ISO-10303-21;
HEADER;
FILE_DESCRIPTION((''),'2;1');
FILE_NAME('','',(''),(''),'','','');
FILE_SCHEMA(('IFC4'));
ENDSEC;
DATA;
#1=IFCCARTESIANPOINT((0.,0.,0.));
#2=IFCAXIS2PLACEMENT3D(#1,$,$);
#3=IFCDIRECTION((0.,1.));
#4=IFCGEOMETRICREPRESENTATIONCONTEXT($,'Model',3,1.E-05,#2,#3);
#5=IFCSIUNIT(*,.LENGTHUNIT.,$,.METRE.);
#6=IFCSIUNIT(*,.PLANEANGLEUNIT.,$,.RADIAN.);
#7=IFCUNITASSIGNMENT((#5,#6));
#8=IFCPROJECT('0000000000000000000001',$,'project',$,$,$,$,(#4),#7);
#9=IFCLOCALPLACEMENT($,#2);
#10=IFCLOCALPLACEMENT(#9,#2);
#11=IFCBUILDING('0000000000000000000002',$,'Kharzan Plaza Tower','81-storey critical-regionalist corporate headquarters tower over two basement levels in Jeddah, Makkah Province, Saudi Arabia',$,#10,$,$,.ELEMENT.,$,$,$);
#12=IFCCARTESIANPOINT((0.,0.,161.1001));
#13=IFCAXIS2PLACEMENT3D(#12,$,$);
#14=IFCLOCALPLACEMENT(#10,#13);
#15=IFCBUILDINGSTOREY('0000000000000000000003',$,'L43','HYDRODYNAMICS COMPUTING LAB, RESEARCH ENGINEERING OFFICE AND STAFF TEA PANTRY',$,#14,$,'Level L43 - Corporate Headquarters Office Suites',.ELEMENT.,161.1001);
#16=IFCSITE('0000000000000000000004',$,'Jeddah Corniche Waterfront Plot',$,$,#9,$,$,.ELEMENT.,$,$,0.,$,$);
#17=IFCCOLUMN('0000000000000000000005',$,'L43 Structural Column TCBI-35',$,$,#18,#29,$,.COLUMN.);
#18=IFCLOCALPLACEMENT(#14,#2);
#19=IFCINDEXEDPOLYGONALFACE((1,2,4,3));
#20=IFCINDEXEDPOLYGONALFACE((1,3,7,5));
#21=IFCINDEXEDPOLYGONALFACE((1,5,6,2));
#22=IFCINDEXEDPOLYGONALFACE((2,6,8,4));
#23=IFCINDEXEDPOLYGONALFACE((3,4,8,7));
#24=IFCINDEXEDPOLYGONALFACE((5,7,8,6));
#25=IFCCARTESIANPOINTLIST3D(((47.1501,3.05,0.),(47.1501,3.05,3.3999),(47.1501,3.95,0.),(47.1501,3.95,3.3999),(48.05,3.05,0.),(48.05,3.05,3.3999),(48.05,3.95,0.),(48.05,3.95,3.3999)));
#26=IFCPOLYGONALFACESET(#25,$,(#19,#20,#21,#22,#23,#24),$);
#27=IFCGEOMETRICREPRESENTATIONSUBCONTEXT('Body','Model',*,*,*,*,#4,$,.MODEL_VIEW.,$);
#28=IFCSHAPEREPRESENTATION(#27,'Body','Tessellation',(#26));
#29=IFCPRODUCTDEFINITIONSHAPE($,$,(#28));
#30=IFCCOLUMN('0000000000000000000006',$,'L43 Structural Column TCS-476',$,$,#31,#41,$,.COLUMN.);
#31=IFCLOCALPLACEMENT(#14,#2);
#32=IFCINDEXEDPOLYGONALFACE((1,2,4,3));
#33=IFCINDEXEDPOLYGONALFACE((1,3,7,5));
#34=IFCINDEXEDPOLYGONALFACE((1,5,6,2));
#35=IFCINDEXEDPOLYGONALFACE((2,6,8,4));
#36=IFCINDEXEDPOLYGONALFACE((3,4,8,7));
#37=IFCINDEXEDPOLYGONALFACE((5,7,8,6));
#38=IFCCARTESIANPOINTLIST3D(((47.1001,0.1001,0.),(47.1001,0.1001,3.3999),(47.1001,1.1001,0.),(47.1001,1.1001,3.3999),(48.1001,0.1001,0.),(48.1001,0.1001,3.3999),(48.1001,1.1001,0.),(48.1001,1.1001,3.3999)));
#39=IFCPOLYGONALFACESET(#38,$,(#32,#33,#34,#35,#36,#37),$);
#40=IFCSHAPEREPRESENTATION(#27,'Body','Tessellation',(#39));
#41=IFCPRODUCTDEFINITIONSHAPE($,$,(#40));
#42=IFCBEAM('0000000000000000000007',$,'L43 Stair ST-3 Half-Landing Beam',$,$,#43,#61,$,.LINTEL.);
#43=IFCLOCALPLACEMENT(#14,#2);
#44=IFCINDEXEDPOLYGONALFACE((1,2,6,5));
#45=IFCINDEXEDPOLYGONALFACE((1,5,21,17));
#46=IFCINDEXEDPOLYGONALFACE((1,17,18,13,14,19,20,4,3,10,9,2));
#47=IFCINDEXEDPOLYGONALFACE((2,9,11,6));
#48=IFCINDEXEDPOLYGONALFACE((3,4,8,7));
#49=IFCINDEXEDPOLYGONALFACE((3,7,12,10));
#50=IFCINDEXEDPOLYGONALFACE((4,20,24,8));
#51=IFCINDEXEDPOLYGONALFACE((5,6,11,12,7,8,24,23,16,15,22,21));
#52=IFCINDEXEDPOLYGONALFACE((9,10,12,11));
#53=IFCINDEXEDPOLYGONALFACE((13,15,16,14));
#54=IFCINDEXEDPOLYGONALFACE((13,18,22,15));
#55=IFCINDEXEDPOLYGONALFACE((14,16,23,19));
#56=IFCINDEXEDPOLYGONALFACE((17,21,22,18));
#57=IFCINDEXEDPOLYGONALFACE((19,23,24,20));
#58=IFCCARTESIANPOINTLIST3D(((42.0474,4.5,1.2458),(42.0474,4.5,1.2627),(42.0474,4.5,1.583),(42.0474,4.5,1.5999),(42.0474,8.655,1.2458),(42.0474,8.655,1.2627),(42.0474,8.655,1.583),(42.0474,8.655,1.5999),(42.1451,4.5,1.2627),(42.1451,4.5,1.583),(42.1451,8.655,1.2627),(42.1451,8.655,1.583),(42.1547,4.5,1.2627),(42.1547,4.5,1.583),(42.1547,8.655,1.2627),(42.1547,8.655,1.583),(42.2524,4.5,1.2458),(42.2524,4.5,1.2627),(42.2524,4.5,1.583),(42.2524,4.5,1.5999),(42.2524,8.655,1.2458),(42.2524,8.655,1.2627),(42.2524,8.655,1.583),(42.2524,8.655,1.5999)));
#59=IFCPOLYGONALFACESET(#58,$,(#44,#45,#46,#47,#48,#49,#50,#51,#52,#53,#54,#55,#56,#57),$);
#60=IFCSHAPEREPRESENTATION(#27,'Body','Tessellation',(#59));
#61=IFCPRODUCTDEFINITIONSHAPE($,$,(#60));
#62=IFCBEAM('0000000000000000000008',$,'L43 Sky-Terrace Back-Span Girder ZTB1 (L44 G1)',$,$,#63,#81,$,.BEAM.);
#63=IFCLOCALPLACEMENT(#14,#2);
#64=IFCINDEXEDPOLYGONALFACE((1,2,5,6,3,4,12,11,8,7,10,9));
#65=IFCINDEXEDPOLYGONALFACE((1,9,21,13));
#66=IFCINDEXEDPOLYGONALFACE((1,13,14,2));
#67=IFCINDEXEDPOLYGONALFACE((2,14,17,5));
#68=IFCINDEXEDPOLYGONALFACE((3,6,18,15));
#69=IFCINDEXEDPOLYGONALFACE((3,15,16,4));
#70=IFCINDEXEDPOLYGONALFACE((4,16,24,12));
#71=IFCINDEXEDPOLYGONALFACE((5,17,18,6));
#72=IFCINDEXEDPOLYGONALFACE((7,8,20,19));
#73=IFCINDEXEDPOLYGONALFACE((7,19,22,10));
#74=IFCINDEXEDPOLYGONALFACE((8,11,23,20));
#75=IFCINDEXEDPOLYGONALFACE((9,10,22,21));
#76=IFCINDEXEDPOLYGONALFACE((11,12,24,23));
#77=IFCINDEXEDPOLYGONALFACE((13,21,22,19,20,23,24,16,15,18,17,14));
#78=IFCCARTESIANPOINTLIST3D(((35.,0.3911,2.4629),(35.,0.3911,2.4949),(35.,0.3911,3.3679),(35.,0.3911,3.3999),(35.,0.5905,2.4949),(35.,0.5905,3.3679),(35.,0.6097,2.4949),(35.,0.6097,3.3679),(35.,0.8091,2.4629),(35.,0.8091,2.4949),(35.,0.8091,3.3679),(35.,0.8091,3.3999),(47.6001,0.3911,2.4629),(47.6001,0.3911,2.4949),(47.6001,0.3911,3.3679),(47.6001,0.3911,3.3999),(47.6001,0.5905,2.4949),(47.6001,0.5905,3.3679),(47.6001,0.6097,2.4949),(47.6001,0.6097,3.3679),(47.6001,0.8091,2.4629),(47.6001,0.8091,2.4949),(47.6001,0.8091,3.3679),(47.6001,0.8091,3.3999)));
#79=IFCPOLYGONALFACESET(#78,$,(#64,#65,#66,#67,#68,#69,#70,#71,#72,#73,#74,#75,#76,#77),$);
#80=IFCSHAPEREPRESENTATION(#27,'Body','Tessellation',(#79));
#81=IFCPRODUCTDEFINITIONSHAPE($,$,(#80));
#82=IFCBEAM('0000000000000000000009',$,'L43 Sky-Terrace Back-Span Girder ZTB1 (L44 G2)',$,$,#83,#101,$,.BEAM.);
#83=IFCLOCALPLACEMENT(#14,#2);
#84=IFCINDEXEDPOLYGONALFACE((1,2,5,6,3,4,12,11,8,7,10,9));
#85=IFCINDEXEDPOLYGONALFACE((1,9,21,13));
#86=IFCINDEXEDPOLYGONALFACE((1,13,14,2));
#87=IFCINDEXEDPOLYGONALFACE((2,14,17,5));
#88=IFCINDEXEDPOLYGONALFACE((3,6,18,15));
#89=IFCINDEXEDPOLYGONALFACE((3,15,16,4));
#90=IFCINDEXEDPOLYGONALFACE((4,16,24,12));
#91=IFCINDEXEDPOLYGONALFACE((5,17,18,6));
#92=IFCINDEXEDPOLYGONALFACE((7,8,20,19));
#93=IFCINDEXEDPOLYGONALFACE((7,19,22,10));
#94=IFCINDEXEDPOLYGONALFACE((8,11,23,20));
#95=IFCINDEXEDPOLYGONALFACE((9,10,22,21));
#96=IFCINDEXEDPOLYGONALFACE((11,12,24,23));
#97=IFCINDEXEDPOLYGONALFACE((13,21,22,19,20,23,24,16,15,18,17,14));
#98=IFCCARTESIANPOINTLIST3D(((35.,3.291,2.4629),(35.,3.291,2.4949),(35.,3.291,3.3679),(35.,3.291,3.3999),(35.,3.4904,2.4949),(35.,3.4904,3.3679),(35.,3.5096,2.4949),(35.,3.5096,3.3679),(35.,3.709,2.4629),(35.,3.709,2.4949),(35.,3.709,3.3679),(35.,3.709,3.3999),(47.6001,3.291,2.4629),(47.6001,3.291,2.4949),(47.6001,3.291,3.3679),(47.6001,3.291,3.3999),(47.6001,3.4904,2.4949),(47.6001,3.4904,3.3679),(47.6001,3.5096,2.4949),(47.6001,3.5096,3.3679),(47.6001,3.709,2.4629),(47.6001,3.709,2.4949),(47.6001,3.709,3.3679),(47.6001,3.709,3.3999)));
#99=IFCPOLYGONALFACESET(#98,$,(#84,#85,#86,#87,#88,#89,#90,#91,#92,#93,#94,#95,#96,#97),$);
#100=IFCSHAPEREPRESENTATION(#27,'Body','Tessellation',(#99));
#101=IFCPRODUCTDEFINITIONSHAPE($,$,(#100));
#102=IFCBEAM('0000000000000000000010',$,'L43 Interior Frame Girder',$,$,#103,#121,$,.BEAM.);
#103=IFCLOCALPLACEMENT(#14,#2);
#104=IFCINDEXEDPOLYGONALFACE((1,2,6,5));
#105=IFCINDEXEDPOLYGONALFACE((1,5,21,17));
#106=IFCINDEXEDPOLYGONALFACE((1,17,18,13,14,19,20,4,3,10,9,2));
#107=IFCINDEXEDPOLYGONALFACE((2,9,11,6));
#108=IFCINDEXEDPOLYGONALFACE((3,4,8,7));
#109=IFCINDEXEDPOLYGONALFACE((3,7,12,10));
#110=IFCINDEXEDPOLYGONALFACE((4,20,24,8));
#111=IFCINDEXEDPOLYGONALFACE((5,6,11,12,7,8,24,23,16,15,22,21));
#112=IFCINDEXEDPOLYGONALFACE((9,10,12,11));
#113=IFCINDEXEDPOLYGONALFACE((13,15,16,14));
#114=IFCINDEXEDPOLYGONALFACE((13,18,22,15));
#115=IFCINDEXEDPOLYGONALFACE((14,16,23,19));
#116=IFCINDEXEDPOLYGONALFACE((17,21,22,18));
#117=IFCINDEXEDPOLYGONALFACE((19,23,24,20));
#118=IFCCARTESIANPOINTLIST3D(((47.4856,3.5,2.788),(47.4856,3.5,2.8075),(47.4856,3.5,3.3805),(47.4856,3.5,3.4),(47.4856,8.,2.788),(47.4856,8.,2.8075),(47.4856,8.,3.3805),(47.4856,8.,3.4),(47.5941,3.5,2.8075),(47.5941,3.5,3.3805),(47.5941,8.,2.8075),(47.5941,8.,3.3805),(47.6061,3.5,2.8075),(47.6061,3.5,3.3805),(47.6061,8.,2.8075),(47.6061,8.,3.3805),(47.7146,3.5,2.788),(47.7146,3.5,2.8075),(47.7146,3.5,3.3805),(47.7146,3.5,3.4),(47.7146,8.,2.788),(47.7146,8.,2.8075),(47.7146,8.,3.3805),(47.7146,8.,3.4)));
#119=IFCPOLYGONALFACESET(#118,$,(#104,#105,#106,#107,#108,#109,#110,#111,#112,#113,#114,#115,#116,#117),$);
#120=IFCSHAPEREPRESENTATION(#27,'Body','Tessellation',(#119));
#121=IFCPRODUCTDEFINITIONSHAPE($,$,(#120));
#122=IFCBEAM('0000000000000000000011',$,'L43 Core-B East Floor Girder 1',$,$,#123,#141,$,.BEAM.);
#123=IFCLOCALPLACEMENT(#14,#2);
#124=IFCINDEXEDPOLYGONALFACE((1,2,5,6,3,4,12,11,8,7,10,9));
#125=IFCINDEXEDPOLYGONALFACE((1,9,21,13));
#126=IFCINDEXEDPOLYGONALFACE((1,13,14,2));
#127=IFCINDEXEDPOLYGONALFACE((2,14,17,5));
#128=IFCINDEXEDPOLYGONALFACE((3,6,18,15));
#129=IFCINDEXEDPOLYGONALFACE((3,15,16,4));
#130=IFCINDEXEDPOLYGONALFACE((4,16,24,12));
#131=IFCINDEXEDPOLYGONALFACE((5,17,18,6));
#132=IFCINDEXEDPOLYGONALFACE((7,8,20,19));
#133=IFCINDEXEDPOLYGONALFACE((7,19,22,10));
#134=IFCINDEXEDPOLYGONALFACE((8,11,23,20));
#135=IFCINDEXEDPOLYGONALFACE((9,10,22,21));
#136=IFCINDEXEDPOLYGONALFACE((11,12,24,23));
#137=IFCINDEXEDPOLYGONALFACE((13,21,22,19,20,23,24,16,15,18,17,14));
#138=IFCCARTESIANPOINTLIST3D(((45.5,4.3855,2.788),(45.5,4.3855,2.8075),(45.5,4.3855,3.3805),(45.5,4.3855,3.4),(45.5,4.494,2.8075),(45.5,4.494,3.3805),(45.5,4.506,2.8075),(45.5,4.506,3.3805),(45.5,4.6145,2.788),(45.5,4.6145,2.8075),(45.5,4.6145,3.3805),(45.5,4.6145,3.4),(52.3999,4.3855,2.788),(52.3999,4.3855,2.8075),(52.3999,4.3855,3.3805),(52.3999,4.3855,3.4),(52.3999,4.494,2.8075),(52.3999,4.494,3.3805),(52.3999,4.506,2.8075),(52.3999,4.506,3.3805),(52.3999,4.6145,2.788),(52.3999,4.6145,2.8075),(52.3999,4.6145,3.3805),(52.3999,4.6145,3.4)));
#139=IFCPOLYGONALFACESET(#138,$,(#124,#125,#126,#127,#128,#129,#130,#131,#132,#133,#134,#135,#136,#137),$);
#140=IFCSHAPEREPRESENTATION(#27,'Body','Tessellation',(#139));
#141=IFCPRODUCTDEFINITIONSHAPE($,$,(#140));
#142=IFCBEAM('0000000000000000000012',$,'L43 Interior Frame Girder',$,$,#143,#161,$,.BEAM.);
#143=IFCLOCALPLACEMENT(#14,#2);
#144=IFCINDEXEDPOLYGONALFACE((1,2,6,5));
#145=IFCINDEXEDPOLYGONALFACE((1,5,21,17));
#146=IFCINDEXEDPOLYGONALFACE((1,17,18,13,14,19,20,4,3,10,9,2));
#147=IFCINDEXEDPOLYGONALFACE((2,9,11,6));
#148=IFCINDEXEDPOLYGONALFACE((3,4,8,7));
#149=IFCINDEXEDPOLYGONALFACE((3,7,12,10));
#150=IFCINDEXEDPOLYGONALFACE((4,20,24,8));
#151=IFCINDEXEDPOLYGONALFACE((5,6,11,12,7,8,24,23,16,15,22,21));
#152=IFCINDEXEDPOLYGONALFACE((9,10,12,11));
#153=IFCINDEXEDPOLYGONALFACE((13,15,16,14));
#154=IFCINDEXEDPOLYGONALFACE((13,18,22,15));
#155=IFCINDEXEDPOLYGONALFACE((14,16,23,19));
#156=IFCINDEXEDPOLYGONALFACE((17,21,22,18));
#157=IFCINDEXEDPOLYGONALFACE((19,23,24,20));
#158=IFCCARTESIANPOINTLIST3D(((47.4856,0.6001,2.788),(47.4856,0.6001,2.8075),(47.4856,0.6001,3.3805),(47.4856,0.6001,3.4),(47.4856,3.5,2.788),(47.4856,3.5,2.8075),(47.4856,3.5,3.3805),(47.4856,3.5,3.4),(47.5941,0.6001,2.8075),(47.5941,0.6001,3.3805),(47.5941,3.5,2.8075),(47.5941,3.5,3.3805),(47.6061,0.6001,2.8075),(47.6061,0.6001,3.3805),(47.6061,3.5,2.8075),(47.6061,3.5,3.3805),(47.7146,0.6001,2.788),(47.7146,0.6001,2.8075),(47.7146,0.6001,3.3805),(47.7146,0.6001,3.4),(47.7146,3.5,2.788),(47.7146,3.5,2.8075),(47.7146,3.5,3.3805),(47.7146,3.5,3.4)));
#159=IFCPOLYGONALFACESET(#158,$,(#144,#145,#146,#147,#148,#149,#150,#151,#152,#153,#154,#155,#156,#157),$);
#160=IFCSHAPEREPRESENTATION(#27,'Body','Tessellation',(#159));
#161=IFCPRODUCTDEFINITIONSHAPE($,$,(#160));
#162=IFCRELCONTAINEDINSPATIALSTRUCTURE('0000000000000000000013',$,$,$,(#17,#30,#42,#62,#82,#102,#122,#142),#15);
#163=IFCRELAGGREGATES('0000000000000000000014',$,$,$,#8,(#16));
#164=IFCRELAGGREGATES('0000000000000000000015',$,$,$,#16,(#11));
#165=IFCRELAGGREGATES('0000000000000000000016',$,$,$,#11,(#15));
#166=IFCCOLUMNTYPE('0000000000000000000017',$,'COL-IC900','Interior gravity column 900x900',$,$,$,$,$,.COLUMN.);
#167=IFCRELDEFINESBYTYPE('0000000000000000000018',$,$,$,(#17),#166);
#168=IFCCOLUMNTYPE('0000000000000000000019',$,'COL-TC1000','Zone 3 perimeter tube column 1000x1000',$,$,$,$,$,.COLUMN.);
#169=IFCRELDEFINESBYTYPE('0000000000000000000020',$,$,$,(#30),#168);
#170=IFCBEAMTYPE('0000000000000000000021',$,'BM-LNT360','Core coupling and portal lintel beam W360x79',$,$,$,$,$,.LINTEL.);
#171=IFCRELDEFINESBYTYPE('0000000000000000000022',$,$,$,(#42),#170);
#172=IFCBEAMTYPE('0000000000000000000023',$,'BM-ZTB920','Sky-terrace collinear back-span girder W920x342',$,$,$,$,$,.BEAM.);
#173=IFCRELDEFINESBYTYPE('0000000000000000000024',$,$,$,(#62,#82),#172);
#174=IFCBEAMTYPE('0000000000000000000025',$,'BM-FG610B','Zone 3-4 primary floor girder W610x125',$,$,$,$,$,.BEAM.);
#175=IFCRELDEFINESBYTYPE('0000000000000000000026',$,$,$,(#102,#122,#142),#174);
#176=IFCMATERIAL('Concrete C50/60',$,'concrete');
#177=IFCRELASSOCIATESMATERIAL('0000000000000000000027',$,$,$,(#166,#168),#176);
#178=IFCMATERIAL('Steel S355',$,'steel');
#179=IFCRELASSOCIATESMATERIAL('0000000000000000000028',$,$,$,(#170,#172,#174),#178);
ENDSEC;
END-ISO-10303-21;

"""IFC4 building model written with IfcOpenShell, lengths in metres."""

from ifc_helpers import new_model, si_unit, direction, frame, origin, origin_2d, place, context, subcontext, project, spatial, rectangle, i_section, extrude, source, transform, mapped, material, material_profile, profile_set, type_object, element, save


model = new_model("IFC4")

# Units and contexts
model_context = context("Model", 3, precision=1e-05, world=origin(), true_north=direction((0.0, 1.0)))
body_context = subcontext(model_context, "Body", "Model", "MODEL_VIEW")
ifc_project = project(units=[si_unit("LENGTHUNIT", "METRE"), si_unit("PLANEANGLEUNIT", "RADIAN")], contexts=[model_context])

# Site, building, storey
site_placement = place(None, origin())
site = spatial("IfcSite", under=ifc_project, at=site_placement, Name="Jeddah Corniche Waterfront Plot", CompositionType="ELEMENT", RefElevation=0.0)
building_placement = place(site_placement, origin())
building = spatial("IfcBuilding", under=site, at=building_placement, Name="Kharzan Plaza Tower", Description="81-storey critical-regionalist corporate headquarters tower over two basement levels in Jeddah, Makkah Province, Saudi Arabia", CompositionType="ELEMENT")
storey_placement = place(building_placement, frame((0.0, 0.0, 161.1001)))
storey = spatial("IfcBuildingStorey", under=building, at=storey_placement, Name="L43", Description="HYDRODYNAMICS COMPUTING LAB, RESEARCH ENGINEERING OFFICE AND STAFF TEA PANTRY", LongName="Level L43 - Corporate Headquarters Office Suites", CompositionType="ELEMENT", Elevation=161.1001)

# Columns
ifc_material_1 = material(Name="Concrete C50/60", Category="concrete")
ifc_material_profile_1 = material_profile(ifc_material_1, rectangle(XDim=0.8999, YDim=0.8999, at=origin_2d()), Name="RC-IC900x900")
ifc_profile_set_1 = profile_set([ifc_material_profile_1], Name="Concrete C50/60")
column_type_1 = type_object("IfcColumnType", Name="COL-IC900", Description="Interior gravity column 900x900", PredefinedType="COLUMN", material=ifc_profile_set_1)
shared_shape_1 = source(origin(), body_context, "Body", "SweptSolid", [
    extrude(rectangle(XDim=0.8999, YDim=0.8999, at=origin_2d()), origin(), (0.0, 0.0, 1.0), 3.3999),
])
column_1_placement = place(storey_placement, frame((47.6001, 3.5, 0.0), z_axis=(0.0, 0.0, 1.0), x_axis=(1.0, 0.0, 0.0)))
element("IfcColumn", 1, at=column_1_placement, inside=storey, type_object=column_type_1, Name="L43 Structural Column TCBI-35", PredefinedType="COLUMN", context=body_context, shape_type="MappedRepresentation", body=[
    mapped(shared_shape_1, transform((0.0, 0.0, 0.0), x_axis=(1.0, 0.0, 0.0), y_axis=(0.0, 1.0, 0.0), z_axis=(0.0, 0.0, 1.0))),
])
ifc_material_profile_2 = material_profile(ifc_material_1, rectangle(XDim=1.0, YDim=1.0, at=origin_2d()), Name="RC-TC1000x1000")
ifc_profile_set_2 = profile_set([ifc_material_profile_2], Name="Concrete C50/60")
column_type_2 = type_object("IfcColumnType", Name="COL-TC1000", Description="Zone 3 perimeter tube column 1000x1000", PredefinedType="COLUMN", material=ifc_profile_set_2)
shared_shape_2 = source(origin(), body_context, "Body", "SweptSolid", [
    extrude(rectangle(XDim=1.0, YDim=1.0, at=origin_2d()), origin(), (0.0, 0.0, 1.0), 3.3999),
])
column_2_placement = place(storey_placement, frame((47.6001, 0.6001, 0.0), z_axis=(0.0, 0.0, 1.0), x_axis=(1.0, 0.0, 0.0)))
element("IfcColumn", 2, at=column_2_placement, inside=storey, type_object=column_type_2, Name="L43 Structural Column TCS-476", PredefinedType="COLUMN", context=body_context, shape_type="MappedRepresentation", body=[
    mapped(shared_shape_2, transform((0.0, 0.0, 0.0), x_axis=(1.0, 0.0, 0.0), y_axis=(0.0, 1.0, 0.0), z_axis=(0.0, 0.0, 1.0))),
])

# Beams
ifc_material_2 = material(Name="Steel S355", Category="steel")
ifc_material_profile_3 = material_profile(ifc_material_2, i_section(OverallWidth=0.2051, OverallDepth=0.354, WebThickness=0.0095, FlangeThickness=0.0168, at=origin_2d()), Name="W360x79")
ifc_profile_set_3 = profile_set([ifc_material_profile_3], Name="Steel S355")
beam_type_1 = type_object("IfcBeamType", Name="BM-LNT360", Description="Core coupling and portal lintel beam W360x79", PredefinedType="LINTEL", material=ifc_profile_set_3)
shared_shape_3 = source(origin(), body_context, "Body", "SweptSolid", [
    extrude(i_section(OverallWidth=0.2051, OverallDepth=0.354, WebThickness=0.0095, FlangeThickness=0.0168, at=origin_2d()), origin(), (0.0, 0.0, 1.0), 4.155),
])
beam_1_placement = place(storey_placement, frame((42.1499, 4.5, 1.4229), z_axis=(0.0, 1.0, 0.0), x_axis=(-1.0, 0.0, 0.0)))
element("IfcBeam", 3, at=beam_1_placement, inside=storey, type_object=beam_type_1, Name="L43 Stair ST-3 Half-Landing Beam", PredefinedType="LINTEL", context=body_context, shape_type="MappedRepresentation", body=[
    mapped(shared_shape_3, transform((0.0, 0.0, 0.0), x_axis=(1.0, 0.0, 0.0), y_axis=(0.0, 1.0, 0.0), z_axis=(0.0, 0.0, 1.0))),
])
ifc_material_profile_4 = material_profile(ifc_material_2, i_section(OverallWidth=0.418, OverallDepth=0.937, WebThickness=0.0193, FlangeThickness=0.032, at=origin_2d()), Name="W920x342")
ifc_profile_set_4 = profile_set([ifc_material_profile_4], Name="Steel S355")
beam_type_2 = type_object("IfcBeamType", Name="BM-ZTB920", Description="Sky-terrace collinear back-span girder W920x342", PredefinedType="BEAM", material=ifc_profile_set_4)
shared_shape_4 = source(origin(), body_context, "Body", "SweptSolid", [
    extrude(i_section(OverallWidth=0.418, OverallDepth=0.937, WebThickness=0.0193, FlangeThickness=0.032, at=origin_2d()), origin(), (0.0, 0.0, 1.0), 12.6001),
])
for number, where, z_axis, x_axis, name in (
    (4, (47.6001, 0.6001, 2.9314), (-1.0, 0.0, 0.0), (0.0, -1.0, 0.0), "L43 Sky-Terrace Back-Span Girder ZTB1 (L44 G1)"),
    (5, (47.6001, 3.5, 2.9314), (-1.0, 0.0, 0.0), (0.0, -1.0, 0.0), "L43 Sky-Terrace Back-Span Girder ZTB1 (L44 G2)"),
):
    element("IfcBeam", number, at=place(storey_placement, frame(where, z_axis=z_axis, x_axis=x_axis)), inside=storey, type_object=beam_type_2, Name=name, PredefinedType="BEAM", context=body_context, shape_type="MappedRepresentation", body=[
        mapped(shared_shape_4, transform((0.0, 0.0, 0.0), x_axis=(1.0, 0.0, 0.0), y_axis=(0.0, 1.0, 0.0), z_axis=(0.0, 0.0, 1.0))),
    ])
ifc_material_profile_5 = material_profile(ifc_material_2, i_section(OverallWidth=0.229, OverallDepth=0.6121, WebThickness=0.012, FlangeThickness=0.0195, at=origin_2d()), Name="W610x125")
ifc_profile_set_5 = profile_set([ifc_material_profile_5], Name="Steel S355")
beam_type_3 = type_object("IfcBeamType", Name="BM-FG610B", Description="Zone 3-4 primary floor girder W610x125", PredefinedType="BEAM", material=ifc_profile_set_5)
shared_shape_5 = source(origin(), body_context, "Body", "SweptSolid", [
    extrude(i_section(OverallWidth=0.229, OverallDepth=0.6121, WebThickness=0.012, FlangeThickness=0.0195, at=origin_2d()), origin(), (0.0, 0.0, 1.0), 4.5),
])
beam_2_placement = place(storey_placement, frame((47.6001, 3.5, 3.094), z_axis=(0.0, 1.0, 0.0), x_axis=(-1.0, 0.0, 0.0)))
element("IfcBeam", 6, at=beam_2_placement, inside=storey, type_object=beam_type_3, Name="L43 Interior Frame Girder", PredefinedType="BEAM", context=body_context, shape_type="MappedRepresentation", body=[
    mapped(shared_shape_5, transform((0.0, 0.0, 0.0), x_axis=(1.0, 0.0, 0.0), y_axis=(0.0, 1.0, 0.0), z_axis=(0.0, 0.0, 1.0))),
])
shared_shape_6 = source(origin(), body_context, "Body", "SweptSolid", [
    extrude(i_section(OverallWidth=0.229, OverallDepth=0.6121, WebThickness=0.012, FlangeThickness=0.0195, at=origin_2d()), origin(), (0.0, 0.0, 1.0), 6.8999),
])
beam_3_placement = place(storey_placement, frame((45.5, 4.5, 3.094), z_axis=(1.0, 0.0, 0.0), x_axis=(0.0, 1.0, 0.0)))
element("IfcBeam", 7, at=beam_3_placement, inside=storey, type_object=beam_type_3, Name="L43 Core-B East Floor Girder 1", PredefinedType="BEAM", context=body_context, shape_type="MappedRepresentation", body=[
    mapped(shared_shape_6, transform((0.0, 0.0, 0.0), x_axis=(1.0, 0.0, 0.0), y_axis=(0.0, 1.0, 0.0), z_axis=(0.0, 0.0, 1.0))),
])
shared_shape_7 = source(origin(), body_context, "Body", "SweptSolid", [
    extrude(i_section(OverallWidth=0.229, OverallDepth=0.6121, WebThickness=0.012, FlangeThickness=0.0195, at=origin_2d()), origin(), (0.0, 0.0, 1.0), 2.8999),
])
beam_4_placement = place(storey_placement, frame((47.6001, 0.6001, 3.094), z_axis=(0.0, 1.0, 0.0), x_axis=(-1.0, 0.0, 0.0)))
element("IfcBeam", 8, at=beam_4_placement, inside=storey, type_object=beam_type_3, Name="L43 Interior Frame Girder", PredefinedType="BEAM", context=body_context, shape_type="MappedRepresentation", body=[
    mapped(shared_shape_7, transform((0.0, 0.0, 0.0), x_axis=(1.0, 0.0, 0.0), y_axis=(0.0, 1.0, 0.0), z_axis=(0.0, 0.0, 1.0))),
])

save(model, "model.ifc")
